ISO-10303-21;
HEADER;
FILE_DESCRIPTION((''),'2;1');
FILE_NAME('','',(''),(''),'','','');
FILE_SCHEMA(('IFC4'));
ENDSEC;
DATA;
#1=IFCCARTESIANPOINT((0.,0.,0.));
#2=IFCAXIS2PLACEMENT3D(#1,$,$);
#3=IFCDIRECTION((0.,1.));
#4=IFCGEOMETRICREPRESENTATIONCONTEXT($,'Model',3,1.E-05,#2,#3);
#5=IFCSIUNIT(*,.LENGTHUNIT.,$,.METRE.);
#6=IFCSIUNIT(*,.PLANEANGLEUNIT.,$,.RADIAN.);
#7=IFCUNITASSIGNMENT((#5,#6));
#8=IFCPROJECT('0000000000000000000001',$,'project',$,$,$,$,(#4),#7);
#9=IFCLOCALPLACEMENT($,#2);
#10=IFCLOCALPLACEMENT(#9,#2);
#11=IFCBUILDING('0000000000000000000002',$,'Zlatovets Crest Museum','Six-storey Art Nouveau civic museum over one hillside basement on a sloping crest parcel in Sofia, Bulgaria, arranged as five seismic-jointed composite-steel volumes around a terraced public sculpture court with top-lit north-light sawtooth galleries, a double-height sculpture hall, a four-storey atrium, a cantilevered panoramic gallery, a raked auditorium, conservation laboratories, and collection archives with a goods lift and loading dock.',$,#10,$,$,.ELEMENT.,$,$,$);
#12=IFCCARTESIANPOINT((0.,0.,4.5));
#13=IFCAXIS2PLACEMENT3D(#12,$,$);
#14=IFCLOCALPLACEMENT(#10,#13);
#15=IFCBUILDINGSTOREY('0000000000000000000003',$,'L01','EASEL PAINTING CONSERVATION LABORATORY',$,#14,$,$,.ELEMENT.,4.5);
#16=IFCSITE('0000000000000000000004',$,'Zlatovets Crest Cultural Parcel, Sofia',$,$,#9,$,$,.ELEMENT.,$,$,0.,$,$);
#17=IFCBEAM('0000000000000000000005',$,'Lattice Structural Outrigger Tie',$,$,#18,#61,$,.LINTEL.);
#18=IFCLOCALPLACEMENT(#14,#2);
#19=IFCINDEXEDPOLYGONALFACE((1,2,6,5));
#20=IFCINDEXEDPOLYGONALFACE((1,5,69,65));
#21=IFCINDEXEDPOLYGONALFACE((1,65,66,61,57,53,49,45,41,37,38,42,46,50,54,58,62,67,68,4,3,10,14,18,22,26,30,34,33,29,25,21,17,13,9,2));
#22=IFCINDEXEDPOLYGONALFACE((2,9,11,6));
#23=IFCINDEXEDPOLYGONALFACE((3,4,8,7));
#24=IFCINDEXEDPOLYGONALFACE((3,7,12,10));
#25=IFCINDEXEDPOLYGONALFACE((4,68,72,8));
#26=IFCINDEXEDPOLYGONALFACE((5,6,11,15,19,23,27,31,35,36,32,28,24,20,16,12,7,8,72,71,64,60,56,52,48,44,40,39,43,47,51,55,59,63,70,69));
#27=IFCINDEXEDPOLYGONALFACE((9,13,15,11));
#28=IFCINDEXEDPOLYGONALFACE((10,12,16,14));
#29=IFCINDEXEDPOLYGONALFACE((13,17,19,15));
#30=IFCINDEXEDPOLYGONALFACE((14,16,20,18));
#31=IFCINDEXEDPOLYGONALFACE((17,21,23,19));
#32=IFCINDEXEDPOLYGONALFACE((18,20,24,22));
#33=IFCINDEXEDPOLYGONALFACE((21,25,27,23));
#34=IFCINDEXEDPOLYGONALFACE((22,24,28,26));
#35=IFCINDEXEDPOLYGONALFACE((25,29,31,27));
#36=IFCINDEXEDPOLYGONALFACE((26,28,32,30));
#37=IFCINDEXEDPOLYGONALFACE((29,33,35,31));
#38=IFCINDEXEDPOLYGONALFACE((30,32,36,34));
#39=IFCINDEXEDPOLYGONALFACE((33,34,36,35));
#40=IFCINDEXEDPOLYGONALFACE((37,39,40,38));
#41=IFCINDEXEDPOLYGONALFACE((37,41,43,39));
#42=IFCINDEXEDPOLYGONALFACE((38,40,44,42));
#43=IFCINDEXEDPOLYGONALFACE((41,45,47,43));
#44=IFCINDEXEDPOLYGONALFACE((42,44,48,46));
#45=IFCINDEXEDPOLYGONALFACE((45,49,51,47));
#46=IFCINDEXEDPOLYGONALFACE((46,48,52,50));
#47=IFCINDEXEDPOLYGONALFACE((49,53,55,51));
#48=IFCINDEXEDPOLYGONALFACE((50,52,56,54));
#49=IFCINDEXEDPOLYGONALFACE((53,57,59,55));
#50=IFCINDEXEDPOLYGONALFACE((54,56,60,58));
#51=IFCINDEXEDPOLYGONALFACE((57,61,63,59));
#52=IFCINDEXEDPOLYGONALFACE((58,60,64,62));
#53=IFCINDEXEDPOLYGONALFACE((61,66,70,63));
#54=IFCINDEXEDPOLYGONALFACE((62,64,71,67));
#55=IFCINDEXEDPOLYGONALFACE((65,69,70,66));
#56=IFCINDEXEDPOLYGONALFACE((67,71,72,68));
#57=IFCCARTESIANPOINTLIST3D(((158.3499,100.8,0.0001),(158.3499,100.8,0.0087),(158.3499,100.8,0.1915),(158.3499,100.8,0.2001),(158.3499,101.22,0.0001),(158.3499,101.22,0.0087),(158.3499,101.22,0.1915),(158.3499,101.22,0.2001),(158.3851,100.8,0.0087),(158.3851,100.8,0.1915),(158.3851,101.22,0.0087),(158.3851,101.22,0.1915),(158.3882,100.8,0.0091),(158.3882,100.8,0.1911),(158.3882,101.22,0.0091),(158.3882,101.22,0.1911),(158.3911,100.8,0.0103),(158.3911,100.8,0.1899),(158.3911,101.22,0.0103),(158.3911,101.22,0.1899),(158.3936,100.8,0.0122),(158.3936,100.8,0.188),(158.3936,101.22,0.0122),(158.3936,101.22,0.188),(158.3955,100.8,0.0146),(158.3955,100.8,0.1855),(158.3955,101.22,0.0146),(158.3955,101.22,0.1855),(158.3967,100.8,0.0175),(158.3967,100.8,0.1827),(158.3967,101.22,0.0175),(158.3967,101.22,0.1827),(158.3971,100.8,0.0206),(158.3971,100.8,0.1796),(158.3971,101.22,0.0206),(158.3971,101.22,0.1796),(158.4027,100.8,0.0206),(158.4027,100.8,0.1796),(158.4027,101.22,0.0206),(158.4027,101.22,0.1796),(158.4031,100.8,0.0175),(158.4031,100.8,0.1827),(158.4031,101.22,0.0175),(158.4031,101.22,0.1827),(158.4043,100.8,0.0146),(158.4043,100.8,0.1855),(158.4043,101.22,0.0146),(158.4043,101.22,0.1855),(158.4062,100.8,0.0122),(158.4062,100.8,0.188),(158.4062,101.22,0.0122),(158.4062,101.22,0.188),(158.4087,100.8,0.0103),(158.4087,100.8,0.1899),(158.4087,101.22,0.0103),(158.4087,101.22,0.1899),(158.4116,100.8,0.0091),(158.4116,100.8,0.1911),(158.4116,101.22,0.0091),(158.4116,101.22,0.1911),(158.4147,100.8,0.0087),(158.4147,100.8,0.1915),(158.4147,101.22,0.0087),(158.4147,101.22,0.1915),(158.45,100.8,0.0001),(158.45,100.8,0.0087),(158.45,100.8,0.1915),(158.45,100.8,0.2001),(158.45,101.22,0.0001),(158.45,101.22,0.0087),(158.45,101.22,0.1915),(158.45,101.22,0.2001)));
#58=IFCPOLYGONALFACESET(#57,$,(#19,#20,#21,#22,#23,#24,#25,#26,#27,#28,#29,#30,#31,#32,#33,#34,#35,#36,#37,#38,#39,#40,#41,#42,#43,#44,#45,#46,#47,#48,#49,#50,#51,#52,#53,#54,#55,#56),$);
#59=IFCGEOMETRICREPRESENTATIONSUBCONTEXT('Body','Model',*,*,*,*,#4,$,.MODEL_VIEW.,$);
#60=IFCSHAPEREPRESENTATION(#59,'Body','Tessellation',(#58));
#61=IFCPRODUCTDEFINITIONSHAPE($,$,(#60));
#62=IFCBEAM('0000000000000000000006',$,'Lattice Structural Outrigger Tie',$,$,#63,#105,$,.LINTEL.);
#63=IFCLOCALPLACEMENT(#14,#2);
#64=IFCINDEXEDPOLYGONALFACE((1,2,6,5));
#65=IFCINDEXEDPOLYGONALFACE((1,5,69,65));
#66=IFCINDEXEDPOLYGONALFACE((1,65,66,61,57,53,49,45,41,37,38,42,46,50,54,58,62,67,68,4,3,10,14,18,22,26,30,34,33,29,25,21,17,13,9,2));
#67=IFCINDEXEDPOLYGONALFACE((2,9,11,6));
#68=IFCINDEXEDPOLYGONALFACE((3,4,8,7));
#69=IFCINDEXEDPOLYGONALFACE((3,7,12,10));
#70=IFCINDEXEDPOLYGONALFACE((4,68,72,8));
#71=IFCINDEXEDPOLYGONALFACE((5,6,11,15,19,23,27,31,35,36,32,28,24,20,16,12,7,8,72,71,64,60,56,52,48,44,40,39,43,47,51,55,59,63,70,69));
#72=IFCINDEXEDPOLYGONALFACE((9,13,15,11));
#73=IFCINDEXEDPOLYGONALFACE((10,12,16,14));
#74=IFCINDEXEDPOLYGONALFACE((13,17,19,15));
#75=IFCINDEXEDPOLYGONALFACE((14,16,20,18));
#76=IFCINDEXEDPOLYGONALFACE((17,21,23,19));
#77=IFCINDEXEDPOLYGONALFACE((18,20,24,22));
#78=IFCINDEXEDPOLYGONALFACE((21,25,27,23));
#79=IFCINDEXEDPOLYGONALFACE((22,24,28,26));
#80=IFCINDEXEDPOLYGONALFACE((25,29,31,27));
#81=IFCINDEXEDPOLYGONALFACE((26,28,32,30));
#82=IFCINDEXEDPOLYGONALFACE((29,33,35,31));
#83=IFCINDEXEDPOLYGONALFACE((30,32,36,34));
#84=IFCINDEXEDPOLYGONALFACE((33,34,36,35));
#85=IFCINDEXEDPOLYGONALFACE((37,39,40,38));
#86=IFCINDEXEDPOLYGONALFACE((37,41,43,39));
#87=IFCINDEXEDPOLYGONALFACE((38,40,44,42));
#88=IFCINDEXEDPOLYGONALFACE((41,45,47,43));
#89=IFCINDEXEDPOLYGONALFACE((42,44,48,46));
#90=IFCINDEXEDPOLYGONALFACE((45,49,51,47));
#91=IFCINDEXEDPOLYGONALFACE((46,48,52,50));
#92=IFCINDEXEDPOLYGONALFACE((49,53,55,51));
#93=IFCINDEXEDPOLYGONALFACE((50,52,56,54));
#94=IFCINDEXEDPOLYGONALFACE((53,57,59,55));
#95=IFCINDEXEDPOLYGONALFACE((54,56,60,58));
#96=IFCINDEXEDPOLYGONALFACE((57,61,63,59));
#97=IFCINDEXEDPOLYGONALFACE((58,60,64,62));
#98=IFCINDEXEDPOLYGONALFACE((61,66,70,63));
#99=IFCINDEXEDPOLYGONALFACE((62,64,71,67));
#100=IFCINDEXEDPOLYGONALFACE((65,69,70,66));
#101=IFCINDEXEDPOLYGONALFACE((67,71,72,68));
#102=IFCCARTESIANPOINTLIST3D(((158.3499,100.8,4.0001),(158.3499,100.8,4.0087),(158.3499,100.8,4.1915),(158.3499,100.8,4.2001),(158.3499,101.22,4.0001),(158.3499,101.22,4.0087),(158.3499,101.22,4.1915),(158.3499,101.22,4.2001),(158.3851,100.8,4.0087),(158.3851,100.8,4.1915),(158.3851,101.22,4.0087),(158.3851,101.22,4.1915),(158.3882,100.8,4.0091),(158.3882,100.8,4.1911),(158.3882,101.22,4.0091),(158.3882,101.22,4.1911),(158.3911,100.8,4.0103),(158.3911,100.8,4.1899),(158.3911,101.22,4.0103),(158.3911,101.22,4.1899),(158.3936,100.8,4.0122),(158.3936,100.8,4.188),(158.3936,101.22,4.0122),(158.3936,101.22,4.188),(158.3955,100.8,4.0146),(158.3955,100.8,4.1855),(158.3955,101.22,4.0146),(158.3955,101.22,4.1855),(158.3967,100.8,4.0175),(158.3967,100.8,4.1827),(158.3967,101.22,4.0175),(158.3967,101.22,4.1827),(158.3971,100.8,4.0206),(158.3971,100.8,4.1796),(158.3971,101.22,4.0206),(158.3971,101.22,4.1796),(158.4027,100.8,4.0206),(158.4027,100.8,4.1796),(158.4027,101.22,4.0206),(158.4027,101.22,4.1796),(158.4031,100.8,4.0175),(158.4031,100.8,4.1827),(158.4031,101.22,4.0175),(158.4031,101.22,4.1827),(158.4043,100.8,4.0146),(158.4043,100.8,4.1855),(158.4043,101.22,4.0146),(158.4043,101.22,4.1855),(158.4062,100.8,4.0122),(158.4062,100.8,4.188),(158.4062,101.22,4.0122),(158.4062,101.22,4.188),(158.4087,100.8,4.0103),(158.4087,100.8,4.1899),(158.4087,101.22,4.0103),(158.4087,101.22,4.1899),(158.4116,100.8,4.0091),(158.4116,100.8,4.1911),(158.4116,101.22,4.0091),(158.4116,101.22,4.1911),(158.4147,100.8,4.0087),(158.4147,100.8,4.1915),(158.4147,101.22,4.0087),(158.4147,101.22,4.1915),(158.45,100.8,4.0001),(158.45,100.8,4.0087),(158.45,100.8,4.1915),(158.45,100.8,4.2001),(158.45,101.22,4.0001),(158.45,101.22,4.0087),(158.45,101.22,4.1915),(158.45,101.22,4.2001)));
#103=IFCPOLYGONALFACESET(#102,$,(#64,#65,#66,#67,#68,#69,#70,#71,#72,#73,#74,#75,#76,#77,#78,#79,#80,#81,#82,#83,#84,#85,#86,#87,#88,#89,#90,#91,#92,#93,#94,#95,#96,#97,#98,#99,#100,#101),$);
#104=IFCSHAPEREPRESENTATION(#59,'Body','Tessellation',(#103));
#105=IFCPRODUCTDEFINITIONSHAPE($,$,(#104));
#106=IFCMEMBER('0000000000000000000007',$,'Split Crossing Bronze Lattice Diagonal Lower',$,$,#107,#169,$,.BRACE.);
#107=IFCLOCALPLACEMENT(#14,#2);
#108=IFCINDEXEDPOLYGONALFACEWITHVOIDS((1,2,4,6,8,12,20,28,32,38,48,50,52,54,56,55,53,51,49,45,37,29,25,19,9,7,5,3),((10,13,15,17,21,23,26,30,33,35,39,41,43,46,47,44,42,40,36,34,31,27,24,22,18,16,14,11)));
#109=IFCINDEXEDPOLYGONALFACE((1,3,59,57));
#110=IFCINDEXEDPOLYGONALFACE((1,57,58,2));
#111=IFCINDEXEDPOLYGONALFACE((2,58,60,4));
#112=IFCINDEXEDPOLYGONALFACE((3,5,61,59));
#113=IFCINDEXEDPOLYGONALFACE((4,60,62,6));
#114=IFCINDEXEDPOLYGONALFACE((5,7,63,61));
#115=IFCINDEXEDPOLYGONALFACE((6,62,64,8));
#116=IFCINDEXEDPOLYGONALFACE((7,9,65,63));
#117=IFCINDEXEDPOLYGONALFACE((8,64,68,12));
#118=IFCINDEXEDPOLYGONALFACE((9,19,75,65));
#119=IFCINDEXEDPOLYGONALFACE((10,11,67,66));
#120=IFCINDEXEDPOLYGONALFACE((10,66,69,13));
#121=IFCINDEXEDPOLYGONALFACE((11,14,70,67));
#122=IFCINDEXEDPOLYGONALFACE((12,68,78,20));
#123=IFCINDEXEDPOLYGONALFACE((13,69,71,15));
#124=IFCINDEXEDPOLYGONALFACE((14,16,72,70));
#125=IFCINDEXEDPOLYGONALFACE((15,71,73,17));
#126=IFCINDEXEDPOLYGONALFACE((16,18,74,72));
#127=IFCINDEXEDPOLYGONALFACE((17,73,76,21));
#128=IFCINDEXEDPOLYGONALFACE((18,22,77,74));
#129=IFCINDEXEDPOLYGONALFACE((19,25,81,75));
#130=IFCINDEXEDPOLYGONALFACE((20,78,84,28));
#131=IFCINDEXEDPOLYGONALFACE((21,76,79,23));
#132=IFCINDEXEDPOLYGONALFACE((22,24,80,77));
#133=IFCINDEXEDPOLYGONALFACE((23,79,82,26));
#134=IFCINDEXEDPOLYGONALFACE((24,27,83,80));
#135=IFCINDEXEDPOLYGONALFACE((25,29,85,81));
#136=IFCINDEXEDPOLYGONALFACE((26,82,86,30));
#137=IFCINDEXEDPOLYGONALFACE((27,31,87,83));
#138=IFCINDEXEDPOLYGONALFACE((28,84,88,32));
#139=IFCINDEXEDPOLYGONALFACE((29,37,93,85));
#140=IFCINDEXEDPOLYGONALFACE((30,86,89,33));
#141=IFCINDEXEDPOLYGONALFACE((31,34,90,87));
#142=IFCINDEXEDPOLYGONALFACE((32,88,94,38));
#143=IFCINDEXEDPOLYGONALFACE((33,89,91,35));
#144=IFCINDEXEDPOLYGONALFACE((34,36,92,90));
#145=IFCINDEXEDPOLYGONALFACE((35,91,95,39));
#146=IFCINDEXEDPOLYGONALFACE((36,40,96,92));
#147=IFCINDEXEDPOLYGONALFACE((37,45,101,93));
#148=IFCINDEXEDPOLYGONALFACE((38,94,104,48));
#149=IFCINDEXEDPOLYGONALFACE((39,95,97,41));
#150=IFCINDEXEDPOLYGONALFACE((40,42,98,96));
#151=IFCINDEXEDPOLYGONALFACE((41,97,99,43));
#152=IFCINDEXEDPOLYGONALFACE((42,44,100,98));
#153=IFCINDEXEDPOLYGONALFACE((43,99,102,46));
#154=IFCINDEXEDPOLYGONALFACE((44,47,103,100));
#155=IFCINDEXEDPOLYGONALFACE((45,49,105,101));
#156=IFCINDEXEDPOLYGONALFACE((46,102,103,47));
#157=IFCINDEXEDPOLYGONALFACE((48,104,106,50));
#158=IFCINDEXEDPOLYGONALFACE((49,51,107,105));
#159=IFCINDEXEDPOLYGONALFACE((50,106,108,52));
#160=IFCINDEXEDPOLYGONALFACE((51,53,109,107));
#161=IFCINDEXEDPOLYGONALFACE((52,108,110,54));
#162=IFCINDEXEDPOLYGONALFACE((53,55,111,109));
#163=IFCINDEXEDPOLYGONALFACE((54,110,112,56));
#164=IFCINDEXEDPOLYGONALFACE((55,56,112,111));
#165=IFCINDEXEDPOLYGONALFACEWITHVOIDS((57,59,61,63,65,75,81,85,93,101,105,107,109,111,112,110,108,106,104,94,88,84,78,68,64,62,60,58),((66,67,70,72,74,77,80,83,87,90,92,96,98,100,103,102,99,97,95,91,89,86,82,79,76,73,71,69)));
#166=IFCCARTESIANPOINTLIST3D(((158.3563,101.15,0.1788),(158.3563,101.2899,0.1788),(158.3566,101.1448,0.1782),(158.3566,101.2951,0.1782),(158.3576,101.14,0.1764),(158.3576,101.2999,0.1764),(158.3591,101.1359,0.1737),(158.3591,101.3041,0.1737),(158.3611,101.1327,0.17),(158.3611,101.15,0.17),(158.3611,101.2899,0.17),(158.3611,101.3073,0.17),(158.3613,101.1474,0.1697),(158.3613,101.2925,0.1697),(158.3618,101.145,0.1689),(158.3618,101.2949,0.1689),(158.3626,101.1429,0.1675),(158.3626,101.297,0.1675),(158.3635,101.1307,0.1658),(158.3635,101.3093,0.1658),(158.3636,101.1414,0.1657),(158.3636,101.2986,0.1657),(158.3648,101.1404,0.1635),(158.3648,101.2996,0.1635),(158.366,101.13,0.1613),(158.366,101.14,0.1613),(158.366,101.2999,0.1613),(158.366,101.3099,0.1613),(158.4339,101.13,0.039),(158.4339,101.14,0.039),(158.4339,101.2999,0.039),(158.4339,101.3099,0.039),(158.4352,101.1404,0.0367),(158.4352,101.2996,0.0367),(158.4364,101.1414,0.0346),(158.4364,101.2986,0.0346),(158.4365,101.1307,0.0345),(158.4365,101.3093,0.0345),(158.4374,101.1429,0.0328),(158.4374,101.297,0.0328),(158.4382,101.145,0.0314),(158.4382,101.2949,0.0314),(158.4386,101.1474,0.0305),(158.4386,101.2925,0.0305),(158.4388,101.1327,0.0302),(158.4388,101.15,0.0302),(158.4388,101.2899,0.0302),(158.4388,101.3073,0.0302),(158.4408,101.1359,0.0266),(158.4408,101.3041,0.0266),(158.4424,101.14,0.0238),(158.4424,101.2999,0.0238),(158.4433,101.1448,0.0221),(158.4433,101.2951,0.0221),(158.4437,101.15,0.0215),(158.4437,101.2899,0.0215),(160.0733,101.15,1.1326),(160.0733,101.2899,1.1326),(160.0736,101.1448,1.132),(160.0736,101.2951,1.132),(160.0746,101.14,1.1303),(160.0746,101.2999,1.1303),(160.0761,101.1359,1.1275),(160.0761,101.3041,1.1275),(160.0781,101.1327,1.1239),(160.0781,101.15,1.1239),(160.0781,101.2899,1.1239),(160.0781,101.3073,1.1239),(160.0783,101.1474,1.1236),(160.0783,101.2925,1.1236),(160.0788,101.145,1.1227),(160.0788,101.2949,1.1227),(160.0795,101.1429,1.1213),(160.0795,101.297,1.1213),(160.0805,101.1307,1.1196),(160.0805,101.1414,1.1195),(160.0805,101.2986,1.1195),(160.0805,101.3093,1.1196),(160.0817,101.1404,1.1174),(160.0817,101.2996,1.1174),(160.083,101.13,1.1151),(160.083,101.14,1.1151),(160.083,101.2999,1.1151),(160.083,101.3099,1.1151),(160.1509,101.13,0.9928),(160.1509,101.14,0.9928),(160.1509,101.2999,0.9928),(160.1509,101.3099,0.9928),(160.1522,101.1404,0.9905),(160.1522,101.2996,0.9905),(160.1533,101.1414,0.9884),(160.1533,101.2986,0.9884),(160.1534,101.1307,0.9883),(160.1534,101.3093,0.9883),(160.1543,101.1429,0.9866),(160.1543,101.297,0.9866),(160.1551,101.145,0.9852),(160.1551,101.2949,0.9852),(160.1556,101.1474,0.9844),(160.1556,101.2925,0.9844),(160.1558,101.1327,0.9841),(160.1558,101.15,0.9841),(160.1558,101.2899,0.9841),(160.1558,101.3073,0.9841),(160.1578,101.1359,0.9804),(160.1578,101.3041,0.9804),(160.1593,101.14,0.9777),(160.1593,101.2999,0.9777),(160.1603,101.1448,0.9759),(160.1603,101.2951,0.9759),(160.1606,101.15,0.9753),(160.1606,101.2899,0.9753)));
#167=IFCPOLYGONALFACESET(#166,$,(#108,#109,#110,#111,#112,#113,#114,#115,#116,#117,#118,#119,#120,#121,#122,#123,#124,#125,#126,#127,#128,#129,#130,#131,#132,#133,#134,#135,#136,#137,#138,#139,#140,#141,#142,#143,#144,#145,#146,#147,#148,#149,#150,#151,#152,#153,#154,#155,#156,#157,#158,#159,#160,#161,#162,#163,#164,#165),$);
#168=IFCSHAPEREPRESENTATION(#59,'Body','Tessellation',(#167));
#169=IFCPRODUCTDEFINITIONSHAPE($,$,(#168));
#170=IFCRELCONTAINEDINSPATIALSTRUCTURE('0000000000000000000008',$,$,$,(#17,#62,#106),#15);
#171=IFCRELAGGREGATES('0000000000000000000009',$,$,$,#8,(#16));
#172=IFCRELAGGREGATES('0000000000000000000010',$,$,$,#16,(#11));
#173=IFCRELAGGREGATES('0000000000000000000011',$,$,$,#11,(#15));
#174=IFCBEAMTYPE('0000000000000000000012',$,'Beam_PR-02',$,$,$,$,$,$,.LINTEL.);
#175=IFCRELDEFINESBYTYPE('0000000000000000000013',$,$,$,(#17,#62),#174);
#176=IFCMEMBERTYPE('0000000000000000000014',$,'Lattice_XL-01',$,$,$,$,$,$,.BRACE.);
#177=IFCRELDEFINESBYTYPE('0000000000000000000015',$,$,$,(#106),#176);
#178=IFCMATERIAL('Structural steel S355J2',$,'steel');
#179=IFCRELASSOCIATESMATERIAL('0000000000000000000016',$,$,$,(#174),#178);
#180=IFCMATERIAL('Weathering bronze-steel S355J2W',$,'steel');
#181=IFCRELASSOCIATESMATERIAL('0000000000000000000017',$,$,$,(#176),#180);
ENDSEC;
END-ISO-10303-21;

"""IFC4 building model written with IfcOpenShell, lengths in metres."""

from ifc_helpers import new_model, si_unit, direction, frame, origin, origin_2d, place, context, subcontext, project, spatial, hollow_rectangle, i_section, extrude, material, material_profile, profile_set, type_object, element, save


model = new_model("IFC4")

# Units and contexts
model_context = context("Model", 3, precision=1e-05, world=origin(), true_north=direction((0.0, 1.0)))
body_context = subcontext(model_context, "Body", "Model", "MODEL_VIEW")
ifc_project = project(units=[si_unit("LENGTHUNIT", "METRE"), si_unit("PLANEANGLEUNIT", "RADIAN")], contexts=[model_context])

# Site, building, storey
site_placement = place(None, origin())
site = spatial("IfcSite", under=ifc_project, at=site_placement, Name="Zlatovets Crest Cultural Parcel, Sofia", CompositionType="ELEMENT", RefElevation=0.0)
building_placement = place(site_placement, origin())
building = spatial("IfcBuilding", under=site, at=building_placement, Name="Zlatovets Crest Museum", Description="Six-storey Art Nouveau civic museum over one hillside basement on a sloping crest parcel in Sofia, Bulgaria, arranged as five seismic-jointed composite-steel volumes around a terraced public sculpture court with top-lit north-light sawtooth galleries, a double-height sculpture hall, a four-storey atrium, a cantilevered panoramic gallery, a raked auditorium, conservation laboratories, and collection archives with a goods lift and loading dock.", CompositionType="ELEMENT")
storey_placement = place(building_placement, frame((0.0, 0.0, 4.5)))
storey = spatial("IfcBuildingStorey", under=building, at=storey_placement, Name="L01", Description="EASEL PAINTING CONSERVATION LABORATORY", CompositionType="ELEMENT", Elevation=4.5)

# Shared definitions
ifc_material_1 = material(Name="Structural steel S355J2", Category="steel")

# Beams
ifc_material_profile_1 = material_profile(ifc_material_1, i_section(OverallWidth=0.1001, OverallDepth=0.2, WebThickness=0.0056, FlangeThickness=0.0085, FilletRadius=0.012, at=origin_2d()), Name="IPE 200")
ifc_profile_set_1 = profile_set([ifc_material_profile_1], Name="Structural steel S355J2")
beam_type_1 = type_object("IfcBeamType", Name="Beam_PR-02", PredefinedType="LINTEL", material=ifc_profile_set_1)
for number, where, z_axis, x_axis, name in (
    (1, (158.3999, 100.8, 0.1001), (0.0, 1.0, 0.0), (-1.0, 0.0, 0.0), "Lattice Structural Outrigger Tie"),
    (2, (158.3999, 100.8, 4.1001), (0.0, 1.0, 0.0), (-1.0, 0.0, 0.0), "Lattice Structural Outrigger Tie"),
):
    element("IfcBeam", number, at=place(storey_placement, frame(where, z_axis=z_axis, x_axis=x_axis)), inside=storey, type_object=beam_type_1, Name=name, PredefinedType="LINTEL", context=body_context, shape_type="SweptSolid", body=[
        extrude(i_section(OverallWidth=0.1001, OverallDepth=0.2, WebThickness=0.0056, FlangeThickness=0.0085, FilletRadius=0.012, at=origin_2d()), origin(), (0.0, 0.0, 1.0), 0.4199),
    ])

# Member
ifc_material_2 = material(Name="Weathering bronze-steel S355J2W", Category="steel")
ifc_material_profile_2 = material_profile(ifc_material_2, hollow_rectangle(XDim=0.1799, YDim=0.1799, WallThickness=0.01, InnerFilletRadius=0.01, OuterFilletRadius=0.02, at=origin_2d()), Name="SHS 180x180x10.0")
ifc_profile_set_2 = profile_set([ifc_material_profile_2], Name="Weathering bronze-steel S355J2W")
member_type_1 = type_object("IfcMemberType", Name="Lattice_XL-01", PredefinedType="BRACE", material=ifc_profile_set_2)
for number, where, z_axis, x_axis, name in (
    (3, (160.1169, 101.22, 1.054), (-0.874169, 0.0, -0.485622), (0.0, -1.0, 0.0), "Split Crossing Bronze Lattice Diagonal Lower"),
):
    element("IfcMember", number, at=place(storey_placement, frame(where, z_axis=z_axis, x_axis=x_axis)), inside=storey, type_object=member_type_1, Name=name, PredefinedType="BRACE", context=body_context, shape_type="SweptSolid", body=[
        extrude(hollow_rectangle(XDim=0.1799, YDim=0.1799, WallThickness=0.01, InnerFilletRadius=0.01, OuterFilletRadius=0.02, at=origin_2d()), origin(), (0.0, 0.0, 1.0), 1.9641),
    ])

save(model, "model.ifc")
